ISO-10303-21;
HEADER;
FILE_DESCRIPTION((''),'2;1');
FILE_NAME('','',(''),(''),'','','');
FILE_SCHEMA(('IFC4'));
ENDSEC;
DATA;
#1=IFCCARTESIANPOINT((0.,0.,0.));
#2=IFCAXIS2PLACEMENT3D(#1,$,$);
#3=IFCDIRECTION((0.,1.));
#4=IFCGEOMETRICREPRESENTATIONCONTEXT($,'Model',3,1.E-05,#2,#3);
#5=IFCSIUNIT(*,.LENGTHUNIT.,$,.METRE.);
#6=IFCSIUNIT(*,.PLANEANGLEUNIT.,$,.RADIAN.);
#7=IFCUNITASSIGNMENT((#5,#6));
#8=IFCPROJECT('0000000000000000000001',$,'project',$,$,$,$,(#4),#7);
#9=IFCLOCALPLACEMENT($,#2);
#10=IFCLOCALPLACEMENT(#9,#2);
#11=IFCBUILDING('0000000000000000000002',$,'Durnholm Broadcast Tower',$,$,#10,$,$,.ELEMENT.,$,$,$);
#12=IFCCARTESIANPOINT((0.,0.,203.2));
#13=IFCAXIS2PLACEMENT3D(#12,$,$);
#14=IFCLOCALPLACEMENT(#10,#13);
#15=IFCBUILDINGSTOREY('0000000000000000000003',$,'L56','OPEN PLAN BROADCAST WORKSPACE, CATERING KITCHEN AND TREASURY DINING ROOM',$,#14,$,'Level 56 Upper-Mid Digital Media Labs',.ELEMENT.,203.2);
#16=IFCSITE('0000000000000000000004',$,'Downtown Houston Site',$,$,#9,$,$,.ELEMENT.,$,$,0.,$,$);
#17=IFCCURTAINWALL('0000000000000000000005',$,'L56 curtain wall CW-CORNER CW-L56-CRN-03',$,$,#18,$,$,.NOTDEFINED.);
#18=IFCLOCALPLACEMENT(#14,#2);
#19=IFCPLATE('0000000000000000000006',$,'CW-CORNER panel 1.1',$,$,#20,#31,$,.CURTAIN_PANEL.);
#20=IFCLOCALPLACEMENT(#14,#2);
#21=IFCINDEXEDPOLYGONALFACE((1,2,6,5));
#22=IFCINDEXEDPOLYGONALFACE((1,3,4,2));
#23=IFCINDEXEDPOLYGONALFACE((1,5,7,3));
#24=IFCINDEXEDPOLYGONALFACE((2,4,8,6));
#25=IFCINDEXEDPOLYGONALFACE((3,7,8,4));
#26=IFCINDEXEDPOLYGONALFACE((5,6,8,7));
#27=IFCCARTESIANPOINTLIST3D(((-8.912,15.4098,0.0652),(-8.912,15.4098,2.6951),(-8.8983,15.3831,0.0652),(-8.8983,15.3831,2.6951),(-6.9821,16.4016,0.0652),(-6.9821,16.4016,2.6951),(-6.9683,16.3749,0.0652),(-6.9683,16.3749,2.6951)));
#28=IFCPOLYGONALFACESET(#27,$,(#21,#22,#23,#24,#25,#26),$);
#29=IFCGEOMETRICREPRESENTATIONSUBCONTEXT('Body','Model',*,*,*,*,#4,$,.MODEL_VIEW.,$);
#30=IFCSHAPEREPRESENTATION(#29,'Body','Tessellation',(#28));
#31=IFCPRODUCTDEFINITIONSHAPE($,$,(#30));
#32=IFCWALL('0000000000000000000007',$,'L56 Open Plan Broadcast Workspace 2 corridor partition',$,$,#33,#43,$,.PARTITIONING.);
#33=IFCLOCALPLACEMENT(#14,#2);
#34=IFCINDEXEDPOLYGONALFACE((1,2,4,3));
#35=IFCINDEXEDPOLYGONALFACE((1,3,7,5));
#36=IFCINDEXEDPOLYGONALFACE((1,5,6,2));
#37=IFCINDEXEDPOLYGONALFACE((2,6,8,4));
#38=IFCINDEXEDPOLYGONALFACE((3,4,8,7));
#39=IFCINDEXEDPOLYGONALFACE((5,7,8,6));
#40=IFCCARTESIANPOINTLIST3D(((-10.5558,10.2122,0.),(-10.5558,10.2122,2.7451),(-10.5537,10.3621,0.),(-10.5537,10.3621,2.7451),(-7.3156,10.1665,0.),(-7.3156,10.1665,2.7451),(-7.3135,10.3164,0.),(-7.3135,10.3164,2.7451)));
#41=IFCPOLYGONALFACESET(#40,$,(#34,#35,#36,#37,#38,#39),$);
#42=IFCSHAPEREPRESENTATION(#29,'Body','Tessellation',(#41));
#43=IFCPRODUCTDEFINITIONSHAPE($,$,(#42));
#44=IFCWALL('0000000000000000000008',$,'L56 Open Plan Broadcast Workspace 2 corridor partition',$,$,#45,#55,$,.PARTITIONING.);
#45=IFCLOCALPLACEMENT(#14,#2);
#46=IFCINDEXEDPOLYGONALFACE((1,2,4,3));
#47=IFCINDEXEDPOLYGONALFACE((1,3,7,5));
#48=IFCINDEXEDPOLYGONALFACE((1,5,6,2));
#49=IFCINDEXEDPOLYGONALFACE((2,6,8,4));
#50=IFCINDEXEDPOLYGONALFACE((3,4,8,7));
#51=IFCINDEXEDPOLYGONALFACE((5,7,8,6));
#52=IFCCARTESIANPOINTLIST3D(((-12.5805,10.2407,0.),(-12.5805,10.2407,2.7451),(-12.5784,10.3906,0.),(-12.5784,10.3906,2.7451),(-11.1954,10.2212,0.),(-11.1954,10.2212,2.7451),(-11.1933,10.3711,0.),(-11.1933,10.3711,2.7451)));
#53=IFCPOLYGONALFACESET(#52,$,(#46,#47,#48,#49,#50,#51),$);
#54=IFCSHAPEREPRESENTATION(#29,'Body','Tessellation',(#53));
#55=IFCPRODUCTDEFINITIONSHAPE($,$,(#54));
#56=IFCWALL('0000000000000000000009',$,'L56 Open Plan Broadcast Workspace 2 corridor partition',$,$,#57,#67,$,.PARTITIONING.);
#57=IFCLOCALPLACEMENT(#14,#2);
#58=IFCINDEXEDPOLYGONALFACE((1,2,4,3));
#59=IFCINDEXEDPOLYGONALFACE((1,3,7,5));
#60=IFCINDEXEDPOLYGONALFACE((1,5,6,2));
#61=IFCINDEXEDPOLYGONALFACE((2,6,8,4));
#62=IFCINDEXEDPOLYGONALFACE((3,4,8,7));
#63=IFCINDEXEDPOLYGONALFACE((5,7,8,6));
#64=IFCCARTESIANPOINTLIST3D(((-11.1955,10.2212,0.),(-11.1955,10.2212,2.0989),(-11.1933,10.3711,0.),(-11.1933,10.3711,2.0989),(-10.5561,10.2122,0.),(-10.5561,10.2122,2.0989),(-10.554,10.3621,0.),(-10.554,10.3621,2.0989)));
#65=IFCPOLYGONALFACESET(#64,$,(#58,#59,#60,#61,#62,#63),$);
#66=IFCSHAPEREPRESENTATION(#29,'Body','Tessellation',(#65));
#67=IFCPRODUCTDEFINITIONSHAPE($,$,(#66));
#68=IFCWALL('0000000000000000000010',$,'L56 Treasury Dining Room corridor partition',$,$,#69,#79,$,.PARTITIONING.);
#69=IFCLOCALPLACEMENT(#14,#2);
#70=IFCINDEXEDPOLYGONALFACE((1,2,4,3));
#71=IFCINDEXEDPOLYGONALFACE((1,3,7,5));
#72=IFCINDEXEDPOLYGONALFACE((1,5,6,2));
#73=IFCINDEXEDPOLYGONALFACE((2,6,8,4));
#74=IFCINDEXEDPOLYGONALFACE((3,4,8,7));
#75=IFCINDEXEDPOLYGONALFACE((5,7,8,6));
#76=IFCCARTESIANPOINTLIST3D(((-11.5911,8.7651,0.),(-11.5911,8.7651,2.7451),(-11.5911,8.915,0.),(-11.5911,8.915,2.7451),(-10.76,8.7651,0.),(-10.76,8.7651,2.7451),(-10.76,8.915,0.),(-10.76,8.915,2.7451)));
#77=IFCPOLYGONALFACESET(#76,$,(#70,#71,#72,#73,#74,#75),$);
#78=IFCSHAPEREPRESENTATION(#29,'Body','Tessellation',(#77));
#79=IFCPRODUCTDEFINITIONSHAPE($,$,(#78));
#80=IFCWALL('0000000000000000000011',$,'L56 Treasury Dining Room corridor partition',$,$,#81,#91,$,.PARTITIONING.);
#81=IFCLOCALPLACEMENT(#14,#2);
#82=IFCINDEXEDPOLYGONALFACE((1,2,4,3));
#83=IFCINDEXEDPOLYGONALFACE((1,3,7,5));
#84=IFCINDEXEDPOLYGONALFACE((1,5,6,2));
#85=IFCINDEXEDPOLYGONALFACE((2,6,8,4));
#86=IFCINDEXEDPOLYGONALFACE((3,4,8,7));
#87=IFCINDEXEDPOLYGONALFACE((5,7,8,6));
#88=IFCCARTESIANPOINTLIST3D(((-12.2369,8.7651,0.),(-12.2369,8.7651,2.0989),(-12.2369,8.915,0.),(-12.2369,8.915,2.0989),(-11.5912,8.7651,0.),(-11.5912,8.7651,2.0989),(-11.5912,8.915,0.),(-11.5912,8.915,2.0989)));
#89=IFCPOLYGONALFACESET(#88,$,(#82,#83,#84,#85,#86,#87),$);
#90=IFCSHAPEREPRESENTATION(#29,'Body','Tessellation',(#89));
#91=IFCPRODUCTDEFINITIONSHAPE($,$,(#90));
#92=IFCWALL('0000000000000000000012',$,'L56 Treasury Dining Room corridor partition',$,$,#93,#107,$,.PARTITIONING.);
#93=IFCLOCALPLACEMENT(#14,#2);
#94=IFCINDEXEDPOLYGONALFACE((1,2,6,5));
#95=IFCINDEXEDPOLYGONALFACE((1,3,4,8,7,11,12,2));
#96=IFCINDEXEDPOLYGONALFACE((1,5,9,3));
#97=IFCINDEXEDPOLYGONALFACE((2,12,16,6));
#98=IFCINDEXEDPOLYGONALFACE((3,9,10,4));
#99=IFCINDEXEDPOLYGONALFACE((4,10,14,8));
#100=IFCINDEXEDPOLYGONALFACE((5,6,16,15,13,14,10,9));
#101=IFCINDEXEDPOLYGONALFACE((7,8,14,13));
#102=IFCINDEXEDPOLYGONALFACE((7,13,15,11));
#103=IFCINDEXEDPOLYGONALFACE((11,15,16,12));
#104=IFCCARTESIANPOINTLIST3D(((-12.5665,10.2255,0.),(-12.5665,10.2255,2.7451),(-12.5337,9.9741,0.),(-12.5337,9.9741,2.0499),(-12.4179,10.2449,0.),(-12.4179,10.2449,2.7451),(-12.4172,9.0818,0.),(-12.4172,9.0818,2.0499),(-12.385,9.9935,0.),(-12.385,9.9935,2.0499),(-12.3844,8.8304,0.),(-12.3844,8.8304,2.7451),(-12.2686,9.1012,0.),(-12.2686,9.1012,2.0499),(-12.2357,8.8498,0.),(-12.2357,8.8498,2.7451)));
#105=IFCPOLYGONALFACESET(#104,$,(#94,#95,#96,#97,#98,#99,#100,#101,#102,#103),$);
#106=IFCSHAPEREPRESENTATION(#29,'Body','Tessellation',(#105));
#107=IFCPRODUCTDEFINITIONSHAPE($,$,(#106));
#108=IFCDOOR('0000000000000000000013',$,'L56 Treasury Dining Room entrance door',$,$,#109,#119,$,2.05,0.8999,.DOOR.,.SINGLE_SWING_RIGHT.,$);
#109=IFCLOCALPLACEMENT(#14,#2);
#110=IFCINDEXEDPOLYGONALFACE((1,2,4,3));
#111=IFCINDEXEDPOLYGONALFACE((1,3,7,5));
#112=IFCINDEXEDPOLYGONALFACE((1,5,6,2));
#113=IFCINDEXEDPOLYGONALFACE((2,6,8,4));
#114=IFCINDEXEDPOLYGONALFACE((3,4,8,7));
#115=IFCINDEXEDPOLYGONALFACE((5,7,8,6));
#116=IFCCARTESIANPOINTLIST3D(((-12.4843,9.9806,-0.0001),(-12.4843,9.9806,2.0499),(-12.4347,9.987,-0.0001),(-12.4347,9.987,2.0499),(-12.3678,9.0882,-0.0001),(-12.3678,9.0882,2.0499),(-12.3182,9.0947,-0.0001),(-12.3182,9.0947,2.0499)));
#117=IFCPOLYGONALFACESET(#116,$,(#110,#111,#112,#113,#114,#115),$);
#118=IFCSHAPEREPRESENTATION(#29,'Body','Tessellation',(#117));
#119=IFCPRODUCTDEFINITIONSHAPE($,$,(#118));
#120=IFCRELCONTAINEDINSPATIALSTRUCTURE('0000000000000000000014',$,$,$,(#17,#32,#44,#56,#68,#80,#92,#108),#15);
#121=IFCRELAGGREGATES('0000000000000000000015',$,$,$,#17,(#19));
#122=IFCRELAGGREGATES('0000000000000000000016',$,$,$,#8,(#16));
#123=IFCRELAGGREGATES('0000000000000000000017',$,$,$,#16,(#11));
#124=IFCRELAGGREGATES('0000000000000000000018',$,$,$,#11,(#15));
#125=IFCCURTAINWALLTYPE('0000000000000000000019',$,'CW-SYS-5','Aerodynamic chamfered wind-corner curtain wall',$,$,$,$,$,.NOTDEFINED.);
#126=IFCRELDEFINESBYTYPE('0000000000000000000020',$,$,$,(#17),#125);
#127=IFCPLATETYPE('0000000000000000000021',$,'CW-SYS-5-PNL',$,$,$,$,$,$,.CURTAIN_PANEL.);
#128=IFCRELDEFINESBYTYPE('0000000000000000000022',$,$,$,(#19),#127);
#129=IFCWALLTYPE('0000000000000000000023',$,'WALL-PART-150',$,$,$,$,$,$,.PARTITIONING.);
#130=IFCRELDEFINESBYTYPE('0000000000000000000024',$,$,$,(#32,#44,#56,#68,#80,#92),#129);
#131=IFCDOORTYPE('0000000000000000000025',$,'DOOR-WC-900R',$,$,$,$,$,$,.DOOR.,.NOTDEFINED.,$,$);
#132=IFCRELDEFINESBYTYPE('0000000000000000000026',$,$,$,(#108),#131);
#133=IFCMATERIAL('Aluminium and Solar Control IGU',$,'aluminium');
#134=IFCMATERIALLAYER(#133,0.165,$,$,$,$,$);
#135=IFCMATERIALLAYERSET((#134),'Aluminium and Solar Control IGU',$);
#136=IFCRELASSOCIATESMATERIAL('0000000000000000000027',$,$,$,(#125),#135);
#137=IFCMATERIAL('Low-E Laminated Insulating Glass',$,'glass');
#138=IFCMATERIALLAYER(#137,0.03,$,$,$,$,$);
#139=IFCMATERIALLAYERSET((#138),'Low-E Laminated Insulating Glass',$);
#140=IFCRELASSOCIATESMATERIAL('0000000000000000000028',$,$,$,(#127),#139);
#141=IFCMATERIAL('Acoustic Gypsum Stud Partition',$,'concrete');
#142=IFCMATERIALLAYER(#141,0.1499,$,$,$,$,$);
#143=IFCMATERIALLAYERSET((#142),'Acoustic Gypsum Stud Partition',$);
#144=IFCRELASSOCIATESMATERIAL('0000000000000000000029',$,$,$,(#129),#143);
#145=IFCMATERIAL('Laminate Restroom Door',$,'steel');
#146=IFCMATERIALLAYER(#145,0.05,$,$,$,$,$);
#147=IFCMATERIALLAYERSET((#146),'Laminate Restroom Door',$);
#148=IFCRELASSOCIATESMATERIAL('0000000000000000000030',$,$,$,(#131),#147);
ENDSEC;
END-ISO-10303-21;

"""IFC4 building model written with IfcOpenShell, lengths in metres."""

from ifc_helpers import new_model, si_unit, direction, frame, frame_2d, origin, origin_2d, place, context, subcontext, project, spatial, rectangle, extrude, source, transform, mapped, material, layer, layer_set, type_object, type_shapes, element, fill, aggregate, save


model = new_model("IFC4")

# Units and contexts
model_context = context("Model", 3, precision=1e-05, world=origin(), true_north=direction((0.0, 1.0)))
body_context = subcontext(model_context, "Body", "Model", "MODEL_VIEW")
ifc_project = project(units=[si_unit("LENGTHUNIT", "METRE"), si_unit("PLANEANGLEUNIT", "RADIAN")], contexts=[model_context])

# Site, building, storey
site_placement = place(None, origin())
site = spatial("IfcSite", under=ifc_project, at=site_placement, Name="Downtown Houston Site", CompositionType="ELEMENT", RefElevation=0.0)
building_placement = place(site_placement, origin())
building = spatial("IfcBuilding", under=site, at=building_placement, Name="Durnholm Broadcast Tower", CompositionType="ELEMENT")
storey_placement = place(building_placement, frame((0.0, 0.0, 203.2)))
storey = spatial("IfcBuildingStorey", under=building, at=storey_placement, Name="L56", Description="OPEN PLAN BROADCAST WORKSPACE, CATERING KITCHEN AND TREASURY DINING ROOM", LongName="Level 56 Upper-Mid Digital Media Labs", CompositionType="ELEMENT", Elevation=203.2)

# Curtain wall
ifc_material_1 = material(Name="Aluminium and Solar Control IGU", Category="aluminium")
ifc_layer_1 = layer(ifc_material_1, 0.165)
ifc_layer_set_1 = layer_set([ifc_layer_1], Name="Aluminium and Solar Control IGU")
curtain_wall_type_1 = type_object("IfcCurtainWallType", Name="CW-SYS-5", Description="Aerodynamic chamfered wind-corner curtain wall", PredefinedType="NOTDEFINED", material=ifc_layer_set_1)
curtain_wall_1_placement = place(storey_placement, origin())
curtain_wall_1 = element("IfcCurtainWall", 1, at=curtain_wall_1_placement, inside=storey, type_object=curtain_wall_type_1, Name="L56 curtain wall CW-CORNER CW-L56-CRN-03", PredefinedType="NOTDEFINED")

# Plate
ifc_material_2 = material(Name="Low-E Laminated Insulating Glass", Category="glass")
ifc_layer_2 = layer(ifc_material_2, 0.03)
ifc_layer_set_2 = layer_set([ifc_layer_2], Name="Low-E Laminated Insulating Glass")
plate_type = type_object("IfcPlateType", Name="CW-SYS-5-PNL", PredefinedType="CURTAIN_PANEL", material=ifc_layer_set_2)
shared_shape_1 = source(origin(), body_context, "Body", "SweptSolid", [
    extrude(rectangle(XDim=2.1699, YDim=0.03, at=origin_2d()), origin(), (0.0, 0.0, 1.0), 2.6299),
])
type_shapes(plate_type, [shared_shape_1])
plate_placement = place(storey_placement, frame((-7.9402, 15.8923, 0.0652), z_axis=(0.0, 0.0, 1.0), x_axis=(0.889425, 0.457082, 0.0)))
plate = element("IfcPlate", 2, at=plate_placement, type_object=plate_type, Name="CW-CORNER panel 1.1", PredefinedType="CURTAIN_PANEL", context=body_context, shape_type="MappedRepresentation", body=[
    mapped(shared_shape_1, transform((0.0, 0.0, 0.0), x_axis=(1.0, 0.0, 0.0), y_axis=(0.0, 1.0, 0.0), z_axis=(0.0, 0.0, 1.0), scale=1.0)),
])
aggregate(curtain_wall_1, [plate])

# Walls
ifc_material_3 = material(Name="Acoustic Gypsum Stud Partition", Category="concrete")
ifc_layer_3 = layer(ifc_material_3, 0.1499)
ifc_layer_set_3 = layer_set([ifc_layer_3], Name="Acoustic Gypsum Stud Partition")
wall_type = type_object("IfcWallType", Name="WALL-PART-150", PredefinedType="PARTITIONING", material=ifc_layer_set_3)
wall_1_placement = place(storey_placement, frame((-7.3147, 10.2415, 0.0), z_axis=(0.0, 0.0, 1.0), x_axis=(-0.999901, 0.014088, 0.0)))
element("IfcWall", 3, at=wall_1_placement, inside=storey, type_object=wall_type, Name="L56 Open Plan Broadcast Workspace 2 corridor partition", PredefinedType="PARTITIONING", context=body_context, shape_type="SweptSolid", body=[
    extrude(rectangle(XDim=3.2405, YDim=0.1499, at=frame_2d((1.6201, 0.0))), origin(), (0.0, 0.0, 1.0), 2.7451),
])
wall_2_placement = place(storey_placement, frame((-11.1943, 10.2961, 0.0), z_axis=(0.0, 0.0, 1.0), x_axis=(-0.999901, 0.0141, 0.0)))
element("IfcWall", 4, at=wall_2_placement, inside=storey, type_object=wall_type, Name="L56 Open Plan Broadcast Workspace 2 corridor partition", PredefinedType="PARTITIONING", context=body_context, shape_type="SweptSolid", body=[
    extrude(rectangle(XDim=1.3853, YDim=0.1499, at=frame_2d((0.6926, 0.0))), origin(), (0.0, 0.0, 1.0), 2.7451),
])
wall_3_placement = place(storey_placement, frame((-10.5549, 10.2871, 0.0), z_axis=(0.0, 0.0, 1.0), x_axis=(-0.9999, 0.014126, 0.0)))
element("IfcWall", 5, at=wall_3_placement, inside=storey, type_object=wall_type, Name="L56 Open Plan Broadcast Workspace 2 corridor partition", PredefinedType="PARTITIONING", context=body_context, shape_type="SweptSolid", body=[
    extrude(rectangle(XDim=0.6394, YDim=0.1499, at=frame_2d((0.3198, 0.0))), origin(), (0.0, 0.0, 1.0), 2.0989),
])
wall_4_placement = place(storey_placement, frame((-11.5911, 8.8401, 0.0), z_axis=(0.0, 0.0, 1.0), x_axis=(1.0, 0.0, 0.0)))
element("IfcWall", 6, at=wall_4_placement, inside=storey, type_object=wall_type, Name="L56 Treasury Dining Room corridor partition", PredefinedType="PARTITIONING", context=body_context, shape_type="SweptSolid", body=[
    extrude(rectangle(XDim=0.8311, YDim=0.1499, at=frame_2d((0.4155, 0.0))), origin(), (0.0, 0.0, 1.0), 2.7451),
])
wall_5_placement = place(storey_placement, frame((-12.2368, 8.8401, 0.0), z_axis=(0.0, 0.0, 1.0), x_axis=(1.0, 0.0, 0.0)))
element("IfcWall", 7, at=wall_5_placement, inside=storey, type_object=wall_type, Name="L56 Treasury Dining Room corridor partition", PredefinedType="PARTITIONING", context=body_context, shape_type="SweptSolid", body=[
    extrude(rectangle(XDim=0.6458, YDim=0.1499, at=frame_2d((0.3228, 0.0))), origin(), (0.0, 0.0, 1.0), 2.0989),
])

# Wall, opening, door
wall_6_placement = place(storey_placement, frame((-12.4922, 10.2354, 0.0), z_axis=(0.0, 0.0, 1.0), x_axis=(0.129436, -0.991588, 0.0)))
wall_6 = element("IfcWall", 8, at=wall_6_placement, inside=storey, type_object=wall_type, Name="L56 Treasury Dining Room corridor partition", PredefinedType="PARTITIONING", context=body_context, shape_type="SweptSolid", body=[
    extrude(rectangle(XDim=1.407, YDim=0.1499, at=frame_2d((0.7036, 0.0))), origin(), (0.0, 0.0, 1.0), 2.7451),
])
opening_placement = place(wall_6_placement, frame((0.2537, 0.0, 0.0)))
opening = element("IfcOpeningElement", 9, at=opening_placement, cuts=wall_6, PredefinedType="OPENING", context=body_context, shape_type="SweptSolid", body=[
    extrude(rectangle(XDim=0.8999, YDim=2.05, at=frame_2d((0.45, 1.0249))), frame((0.0, 0.085, 0.0), z_axis=(0.0, -1.0, 0.0), x_axis=(1.0, 0.0, 0.0)), (0.0, 0.0, 1.0), 0.1699),
])
ifc_material_4 = material(Name="Laminate Restroom Door", Category="steel")
ifc_layer_4 = layer(ifc_material_4, 0.05)
ifc_layer_set_4 = layer_set([ifc_layer_4], Name="Laminate Restroom Door")
door_type = type_object("IfcDoorType", Name="DOOR-WC-900R", OperationType="NOTDEFINED", PredefinedType="DOOR", material=ifc_layer_set_4)
shared_shape_2 = source(origin(), body_context, "Body", "SweptSolid", [
    extrude(rectangle(XDim=0.8999, YDim=2.05, at=frame_2d((0.45, 1.0249))), frame((0.0, 0.0249, 0.0), z_axis=(0.0, -1.0, 0.0), x_axis=(1.0, 0.0, 0.0)), (0.0, 0.0, 1.0), 0.05),
])
type_shapes(door_type, [shared_shape_2])
door_placement = place(opening_placement, origin())
door = element("IfcDoor", 10, at=door_placement, inside=storey, type_object=door_type, Name="L56 Treasury Dining Room entrance door", OperationType="SINGLE_SWING_RIGHT", OverallHeight=2.05, OverallWidth=0.8999, PredefinedType="DOOR", context=body_context, shape_type="MappedRepresentation", body=[
    mapped(shared_shape_2, transform((0.0, 0.0, 0.0), x_axis=(1.0, 0.0, 0.0), y_axis=(0.0, 1.0, 0.0), z_axis=(0.0, 0.0, 1.0), scale=1.0)),
])
fill(opening, door)

save(model, "model.ifc")
